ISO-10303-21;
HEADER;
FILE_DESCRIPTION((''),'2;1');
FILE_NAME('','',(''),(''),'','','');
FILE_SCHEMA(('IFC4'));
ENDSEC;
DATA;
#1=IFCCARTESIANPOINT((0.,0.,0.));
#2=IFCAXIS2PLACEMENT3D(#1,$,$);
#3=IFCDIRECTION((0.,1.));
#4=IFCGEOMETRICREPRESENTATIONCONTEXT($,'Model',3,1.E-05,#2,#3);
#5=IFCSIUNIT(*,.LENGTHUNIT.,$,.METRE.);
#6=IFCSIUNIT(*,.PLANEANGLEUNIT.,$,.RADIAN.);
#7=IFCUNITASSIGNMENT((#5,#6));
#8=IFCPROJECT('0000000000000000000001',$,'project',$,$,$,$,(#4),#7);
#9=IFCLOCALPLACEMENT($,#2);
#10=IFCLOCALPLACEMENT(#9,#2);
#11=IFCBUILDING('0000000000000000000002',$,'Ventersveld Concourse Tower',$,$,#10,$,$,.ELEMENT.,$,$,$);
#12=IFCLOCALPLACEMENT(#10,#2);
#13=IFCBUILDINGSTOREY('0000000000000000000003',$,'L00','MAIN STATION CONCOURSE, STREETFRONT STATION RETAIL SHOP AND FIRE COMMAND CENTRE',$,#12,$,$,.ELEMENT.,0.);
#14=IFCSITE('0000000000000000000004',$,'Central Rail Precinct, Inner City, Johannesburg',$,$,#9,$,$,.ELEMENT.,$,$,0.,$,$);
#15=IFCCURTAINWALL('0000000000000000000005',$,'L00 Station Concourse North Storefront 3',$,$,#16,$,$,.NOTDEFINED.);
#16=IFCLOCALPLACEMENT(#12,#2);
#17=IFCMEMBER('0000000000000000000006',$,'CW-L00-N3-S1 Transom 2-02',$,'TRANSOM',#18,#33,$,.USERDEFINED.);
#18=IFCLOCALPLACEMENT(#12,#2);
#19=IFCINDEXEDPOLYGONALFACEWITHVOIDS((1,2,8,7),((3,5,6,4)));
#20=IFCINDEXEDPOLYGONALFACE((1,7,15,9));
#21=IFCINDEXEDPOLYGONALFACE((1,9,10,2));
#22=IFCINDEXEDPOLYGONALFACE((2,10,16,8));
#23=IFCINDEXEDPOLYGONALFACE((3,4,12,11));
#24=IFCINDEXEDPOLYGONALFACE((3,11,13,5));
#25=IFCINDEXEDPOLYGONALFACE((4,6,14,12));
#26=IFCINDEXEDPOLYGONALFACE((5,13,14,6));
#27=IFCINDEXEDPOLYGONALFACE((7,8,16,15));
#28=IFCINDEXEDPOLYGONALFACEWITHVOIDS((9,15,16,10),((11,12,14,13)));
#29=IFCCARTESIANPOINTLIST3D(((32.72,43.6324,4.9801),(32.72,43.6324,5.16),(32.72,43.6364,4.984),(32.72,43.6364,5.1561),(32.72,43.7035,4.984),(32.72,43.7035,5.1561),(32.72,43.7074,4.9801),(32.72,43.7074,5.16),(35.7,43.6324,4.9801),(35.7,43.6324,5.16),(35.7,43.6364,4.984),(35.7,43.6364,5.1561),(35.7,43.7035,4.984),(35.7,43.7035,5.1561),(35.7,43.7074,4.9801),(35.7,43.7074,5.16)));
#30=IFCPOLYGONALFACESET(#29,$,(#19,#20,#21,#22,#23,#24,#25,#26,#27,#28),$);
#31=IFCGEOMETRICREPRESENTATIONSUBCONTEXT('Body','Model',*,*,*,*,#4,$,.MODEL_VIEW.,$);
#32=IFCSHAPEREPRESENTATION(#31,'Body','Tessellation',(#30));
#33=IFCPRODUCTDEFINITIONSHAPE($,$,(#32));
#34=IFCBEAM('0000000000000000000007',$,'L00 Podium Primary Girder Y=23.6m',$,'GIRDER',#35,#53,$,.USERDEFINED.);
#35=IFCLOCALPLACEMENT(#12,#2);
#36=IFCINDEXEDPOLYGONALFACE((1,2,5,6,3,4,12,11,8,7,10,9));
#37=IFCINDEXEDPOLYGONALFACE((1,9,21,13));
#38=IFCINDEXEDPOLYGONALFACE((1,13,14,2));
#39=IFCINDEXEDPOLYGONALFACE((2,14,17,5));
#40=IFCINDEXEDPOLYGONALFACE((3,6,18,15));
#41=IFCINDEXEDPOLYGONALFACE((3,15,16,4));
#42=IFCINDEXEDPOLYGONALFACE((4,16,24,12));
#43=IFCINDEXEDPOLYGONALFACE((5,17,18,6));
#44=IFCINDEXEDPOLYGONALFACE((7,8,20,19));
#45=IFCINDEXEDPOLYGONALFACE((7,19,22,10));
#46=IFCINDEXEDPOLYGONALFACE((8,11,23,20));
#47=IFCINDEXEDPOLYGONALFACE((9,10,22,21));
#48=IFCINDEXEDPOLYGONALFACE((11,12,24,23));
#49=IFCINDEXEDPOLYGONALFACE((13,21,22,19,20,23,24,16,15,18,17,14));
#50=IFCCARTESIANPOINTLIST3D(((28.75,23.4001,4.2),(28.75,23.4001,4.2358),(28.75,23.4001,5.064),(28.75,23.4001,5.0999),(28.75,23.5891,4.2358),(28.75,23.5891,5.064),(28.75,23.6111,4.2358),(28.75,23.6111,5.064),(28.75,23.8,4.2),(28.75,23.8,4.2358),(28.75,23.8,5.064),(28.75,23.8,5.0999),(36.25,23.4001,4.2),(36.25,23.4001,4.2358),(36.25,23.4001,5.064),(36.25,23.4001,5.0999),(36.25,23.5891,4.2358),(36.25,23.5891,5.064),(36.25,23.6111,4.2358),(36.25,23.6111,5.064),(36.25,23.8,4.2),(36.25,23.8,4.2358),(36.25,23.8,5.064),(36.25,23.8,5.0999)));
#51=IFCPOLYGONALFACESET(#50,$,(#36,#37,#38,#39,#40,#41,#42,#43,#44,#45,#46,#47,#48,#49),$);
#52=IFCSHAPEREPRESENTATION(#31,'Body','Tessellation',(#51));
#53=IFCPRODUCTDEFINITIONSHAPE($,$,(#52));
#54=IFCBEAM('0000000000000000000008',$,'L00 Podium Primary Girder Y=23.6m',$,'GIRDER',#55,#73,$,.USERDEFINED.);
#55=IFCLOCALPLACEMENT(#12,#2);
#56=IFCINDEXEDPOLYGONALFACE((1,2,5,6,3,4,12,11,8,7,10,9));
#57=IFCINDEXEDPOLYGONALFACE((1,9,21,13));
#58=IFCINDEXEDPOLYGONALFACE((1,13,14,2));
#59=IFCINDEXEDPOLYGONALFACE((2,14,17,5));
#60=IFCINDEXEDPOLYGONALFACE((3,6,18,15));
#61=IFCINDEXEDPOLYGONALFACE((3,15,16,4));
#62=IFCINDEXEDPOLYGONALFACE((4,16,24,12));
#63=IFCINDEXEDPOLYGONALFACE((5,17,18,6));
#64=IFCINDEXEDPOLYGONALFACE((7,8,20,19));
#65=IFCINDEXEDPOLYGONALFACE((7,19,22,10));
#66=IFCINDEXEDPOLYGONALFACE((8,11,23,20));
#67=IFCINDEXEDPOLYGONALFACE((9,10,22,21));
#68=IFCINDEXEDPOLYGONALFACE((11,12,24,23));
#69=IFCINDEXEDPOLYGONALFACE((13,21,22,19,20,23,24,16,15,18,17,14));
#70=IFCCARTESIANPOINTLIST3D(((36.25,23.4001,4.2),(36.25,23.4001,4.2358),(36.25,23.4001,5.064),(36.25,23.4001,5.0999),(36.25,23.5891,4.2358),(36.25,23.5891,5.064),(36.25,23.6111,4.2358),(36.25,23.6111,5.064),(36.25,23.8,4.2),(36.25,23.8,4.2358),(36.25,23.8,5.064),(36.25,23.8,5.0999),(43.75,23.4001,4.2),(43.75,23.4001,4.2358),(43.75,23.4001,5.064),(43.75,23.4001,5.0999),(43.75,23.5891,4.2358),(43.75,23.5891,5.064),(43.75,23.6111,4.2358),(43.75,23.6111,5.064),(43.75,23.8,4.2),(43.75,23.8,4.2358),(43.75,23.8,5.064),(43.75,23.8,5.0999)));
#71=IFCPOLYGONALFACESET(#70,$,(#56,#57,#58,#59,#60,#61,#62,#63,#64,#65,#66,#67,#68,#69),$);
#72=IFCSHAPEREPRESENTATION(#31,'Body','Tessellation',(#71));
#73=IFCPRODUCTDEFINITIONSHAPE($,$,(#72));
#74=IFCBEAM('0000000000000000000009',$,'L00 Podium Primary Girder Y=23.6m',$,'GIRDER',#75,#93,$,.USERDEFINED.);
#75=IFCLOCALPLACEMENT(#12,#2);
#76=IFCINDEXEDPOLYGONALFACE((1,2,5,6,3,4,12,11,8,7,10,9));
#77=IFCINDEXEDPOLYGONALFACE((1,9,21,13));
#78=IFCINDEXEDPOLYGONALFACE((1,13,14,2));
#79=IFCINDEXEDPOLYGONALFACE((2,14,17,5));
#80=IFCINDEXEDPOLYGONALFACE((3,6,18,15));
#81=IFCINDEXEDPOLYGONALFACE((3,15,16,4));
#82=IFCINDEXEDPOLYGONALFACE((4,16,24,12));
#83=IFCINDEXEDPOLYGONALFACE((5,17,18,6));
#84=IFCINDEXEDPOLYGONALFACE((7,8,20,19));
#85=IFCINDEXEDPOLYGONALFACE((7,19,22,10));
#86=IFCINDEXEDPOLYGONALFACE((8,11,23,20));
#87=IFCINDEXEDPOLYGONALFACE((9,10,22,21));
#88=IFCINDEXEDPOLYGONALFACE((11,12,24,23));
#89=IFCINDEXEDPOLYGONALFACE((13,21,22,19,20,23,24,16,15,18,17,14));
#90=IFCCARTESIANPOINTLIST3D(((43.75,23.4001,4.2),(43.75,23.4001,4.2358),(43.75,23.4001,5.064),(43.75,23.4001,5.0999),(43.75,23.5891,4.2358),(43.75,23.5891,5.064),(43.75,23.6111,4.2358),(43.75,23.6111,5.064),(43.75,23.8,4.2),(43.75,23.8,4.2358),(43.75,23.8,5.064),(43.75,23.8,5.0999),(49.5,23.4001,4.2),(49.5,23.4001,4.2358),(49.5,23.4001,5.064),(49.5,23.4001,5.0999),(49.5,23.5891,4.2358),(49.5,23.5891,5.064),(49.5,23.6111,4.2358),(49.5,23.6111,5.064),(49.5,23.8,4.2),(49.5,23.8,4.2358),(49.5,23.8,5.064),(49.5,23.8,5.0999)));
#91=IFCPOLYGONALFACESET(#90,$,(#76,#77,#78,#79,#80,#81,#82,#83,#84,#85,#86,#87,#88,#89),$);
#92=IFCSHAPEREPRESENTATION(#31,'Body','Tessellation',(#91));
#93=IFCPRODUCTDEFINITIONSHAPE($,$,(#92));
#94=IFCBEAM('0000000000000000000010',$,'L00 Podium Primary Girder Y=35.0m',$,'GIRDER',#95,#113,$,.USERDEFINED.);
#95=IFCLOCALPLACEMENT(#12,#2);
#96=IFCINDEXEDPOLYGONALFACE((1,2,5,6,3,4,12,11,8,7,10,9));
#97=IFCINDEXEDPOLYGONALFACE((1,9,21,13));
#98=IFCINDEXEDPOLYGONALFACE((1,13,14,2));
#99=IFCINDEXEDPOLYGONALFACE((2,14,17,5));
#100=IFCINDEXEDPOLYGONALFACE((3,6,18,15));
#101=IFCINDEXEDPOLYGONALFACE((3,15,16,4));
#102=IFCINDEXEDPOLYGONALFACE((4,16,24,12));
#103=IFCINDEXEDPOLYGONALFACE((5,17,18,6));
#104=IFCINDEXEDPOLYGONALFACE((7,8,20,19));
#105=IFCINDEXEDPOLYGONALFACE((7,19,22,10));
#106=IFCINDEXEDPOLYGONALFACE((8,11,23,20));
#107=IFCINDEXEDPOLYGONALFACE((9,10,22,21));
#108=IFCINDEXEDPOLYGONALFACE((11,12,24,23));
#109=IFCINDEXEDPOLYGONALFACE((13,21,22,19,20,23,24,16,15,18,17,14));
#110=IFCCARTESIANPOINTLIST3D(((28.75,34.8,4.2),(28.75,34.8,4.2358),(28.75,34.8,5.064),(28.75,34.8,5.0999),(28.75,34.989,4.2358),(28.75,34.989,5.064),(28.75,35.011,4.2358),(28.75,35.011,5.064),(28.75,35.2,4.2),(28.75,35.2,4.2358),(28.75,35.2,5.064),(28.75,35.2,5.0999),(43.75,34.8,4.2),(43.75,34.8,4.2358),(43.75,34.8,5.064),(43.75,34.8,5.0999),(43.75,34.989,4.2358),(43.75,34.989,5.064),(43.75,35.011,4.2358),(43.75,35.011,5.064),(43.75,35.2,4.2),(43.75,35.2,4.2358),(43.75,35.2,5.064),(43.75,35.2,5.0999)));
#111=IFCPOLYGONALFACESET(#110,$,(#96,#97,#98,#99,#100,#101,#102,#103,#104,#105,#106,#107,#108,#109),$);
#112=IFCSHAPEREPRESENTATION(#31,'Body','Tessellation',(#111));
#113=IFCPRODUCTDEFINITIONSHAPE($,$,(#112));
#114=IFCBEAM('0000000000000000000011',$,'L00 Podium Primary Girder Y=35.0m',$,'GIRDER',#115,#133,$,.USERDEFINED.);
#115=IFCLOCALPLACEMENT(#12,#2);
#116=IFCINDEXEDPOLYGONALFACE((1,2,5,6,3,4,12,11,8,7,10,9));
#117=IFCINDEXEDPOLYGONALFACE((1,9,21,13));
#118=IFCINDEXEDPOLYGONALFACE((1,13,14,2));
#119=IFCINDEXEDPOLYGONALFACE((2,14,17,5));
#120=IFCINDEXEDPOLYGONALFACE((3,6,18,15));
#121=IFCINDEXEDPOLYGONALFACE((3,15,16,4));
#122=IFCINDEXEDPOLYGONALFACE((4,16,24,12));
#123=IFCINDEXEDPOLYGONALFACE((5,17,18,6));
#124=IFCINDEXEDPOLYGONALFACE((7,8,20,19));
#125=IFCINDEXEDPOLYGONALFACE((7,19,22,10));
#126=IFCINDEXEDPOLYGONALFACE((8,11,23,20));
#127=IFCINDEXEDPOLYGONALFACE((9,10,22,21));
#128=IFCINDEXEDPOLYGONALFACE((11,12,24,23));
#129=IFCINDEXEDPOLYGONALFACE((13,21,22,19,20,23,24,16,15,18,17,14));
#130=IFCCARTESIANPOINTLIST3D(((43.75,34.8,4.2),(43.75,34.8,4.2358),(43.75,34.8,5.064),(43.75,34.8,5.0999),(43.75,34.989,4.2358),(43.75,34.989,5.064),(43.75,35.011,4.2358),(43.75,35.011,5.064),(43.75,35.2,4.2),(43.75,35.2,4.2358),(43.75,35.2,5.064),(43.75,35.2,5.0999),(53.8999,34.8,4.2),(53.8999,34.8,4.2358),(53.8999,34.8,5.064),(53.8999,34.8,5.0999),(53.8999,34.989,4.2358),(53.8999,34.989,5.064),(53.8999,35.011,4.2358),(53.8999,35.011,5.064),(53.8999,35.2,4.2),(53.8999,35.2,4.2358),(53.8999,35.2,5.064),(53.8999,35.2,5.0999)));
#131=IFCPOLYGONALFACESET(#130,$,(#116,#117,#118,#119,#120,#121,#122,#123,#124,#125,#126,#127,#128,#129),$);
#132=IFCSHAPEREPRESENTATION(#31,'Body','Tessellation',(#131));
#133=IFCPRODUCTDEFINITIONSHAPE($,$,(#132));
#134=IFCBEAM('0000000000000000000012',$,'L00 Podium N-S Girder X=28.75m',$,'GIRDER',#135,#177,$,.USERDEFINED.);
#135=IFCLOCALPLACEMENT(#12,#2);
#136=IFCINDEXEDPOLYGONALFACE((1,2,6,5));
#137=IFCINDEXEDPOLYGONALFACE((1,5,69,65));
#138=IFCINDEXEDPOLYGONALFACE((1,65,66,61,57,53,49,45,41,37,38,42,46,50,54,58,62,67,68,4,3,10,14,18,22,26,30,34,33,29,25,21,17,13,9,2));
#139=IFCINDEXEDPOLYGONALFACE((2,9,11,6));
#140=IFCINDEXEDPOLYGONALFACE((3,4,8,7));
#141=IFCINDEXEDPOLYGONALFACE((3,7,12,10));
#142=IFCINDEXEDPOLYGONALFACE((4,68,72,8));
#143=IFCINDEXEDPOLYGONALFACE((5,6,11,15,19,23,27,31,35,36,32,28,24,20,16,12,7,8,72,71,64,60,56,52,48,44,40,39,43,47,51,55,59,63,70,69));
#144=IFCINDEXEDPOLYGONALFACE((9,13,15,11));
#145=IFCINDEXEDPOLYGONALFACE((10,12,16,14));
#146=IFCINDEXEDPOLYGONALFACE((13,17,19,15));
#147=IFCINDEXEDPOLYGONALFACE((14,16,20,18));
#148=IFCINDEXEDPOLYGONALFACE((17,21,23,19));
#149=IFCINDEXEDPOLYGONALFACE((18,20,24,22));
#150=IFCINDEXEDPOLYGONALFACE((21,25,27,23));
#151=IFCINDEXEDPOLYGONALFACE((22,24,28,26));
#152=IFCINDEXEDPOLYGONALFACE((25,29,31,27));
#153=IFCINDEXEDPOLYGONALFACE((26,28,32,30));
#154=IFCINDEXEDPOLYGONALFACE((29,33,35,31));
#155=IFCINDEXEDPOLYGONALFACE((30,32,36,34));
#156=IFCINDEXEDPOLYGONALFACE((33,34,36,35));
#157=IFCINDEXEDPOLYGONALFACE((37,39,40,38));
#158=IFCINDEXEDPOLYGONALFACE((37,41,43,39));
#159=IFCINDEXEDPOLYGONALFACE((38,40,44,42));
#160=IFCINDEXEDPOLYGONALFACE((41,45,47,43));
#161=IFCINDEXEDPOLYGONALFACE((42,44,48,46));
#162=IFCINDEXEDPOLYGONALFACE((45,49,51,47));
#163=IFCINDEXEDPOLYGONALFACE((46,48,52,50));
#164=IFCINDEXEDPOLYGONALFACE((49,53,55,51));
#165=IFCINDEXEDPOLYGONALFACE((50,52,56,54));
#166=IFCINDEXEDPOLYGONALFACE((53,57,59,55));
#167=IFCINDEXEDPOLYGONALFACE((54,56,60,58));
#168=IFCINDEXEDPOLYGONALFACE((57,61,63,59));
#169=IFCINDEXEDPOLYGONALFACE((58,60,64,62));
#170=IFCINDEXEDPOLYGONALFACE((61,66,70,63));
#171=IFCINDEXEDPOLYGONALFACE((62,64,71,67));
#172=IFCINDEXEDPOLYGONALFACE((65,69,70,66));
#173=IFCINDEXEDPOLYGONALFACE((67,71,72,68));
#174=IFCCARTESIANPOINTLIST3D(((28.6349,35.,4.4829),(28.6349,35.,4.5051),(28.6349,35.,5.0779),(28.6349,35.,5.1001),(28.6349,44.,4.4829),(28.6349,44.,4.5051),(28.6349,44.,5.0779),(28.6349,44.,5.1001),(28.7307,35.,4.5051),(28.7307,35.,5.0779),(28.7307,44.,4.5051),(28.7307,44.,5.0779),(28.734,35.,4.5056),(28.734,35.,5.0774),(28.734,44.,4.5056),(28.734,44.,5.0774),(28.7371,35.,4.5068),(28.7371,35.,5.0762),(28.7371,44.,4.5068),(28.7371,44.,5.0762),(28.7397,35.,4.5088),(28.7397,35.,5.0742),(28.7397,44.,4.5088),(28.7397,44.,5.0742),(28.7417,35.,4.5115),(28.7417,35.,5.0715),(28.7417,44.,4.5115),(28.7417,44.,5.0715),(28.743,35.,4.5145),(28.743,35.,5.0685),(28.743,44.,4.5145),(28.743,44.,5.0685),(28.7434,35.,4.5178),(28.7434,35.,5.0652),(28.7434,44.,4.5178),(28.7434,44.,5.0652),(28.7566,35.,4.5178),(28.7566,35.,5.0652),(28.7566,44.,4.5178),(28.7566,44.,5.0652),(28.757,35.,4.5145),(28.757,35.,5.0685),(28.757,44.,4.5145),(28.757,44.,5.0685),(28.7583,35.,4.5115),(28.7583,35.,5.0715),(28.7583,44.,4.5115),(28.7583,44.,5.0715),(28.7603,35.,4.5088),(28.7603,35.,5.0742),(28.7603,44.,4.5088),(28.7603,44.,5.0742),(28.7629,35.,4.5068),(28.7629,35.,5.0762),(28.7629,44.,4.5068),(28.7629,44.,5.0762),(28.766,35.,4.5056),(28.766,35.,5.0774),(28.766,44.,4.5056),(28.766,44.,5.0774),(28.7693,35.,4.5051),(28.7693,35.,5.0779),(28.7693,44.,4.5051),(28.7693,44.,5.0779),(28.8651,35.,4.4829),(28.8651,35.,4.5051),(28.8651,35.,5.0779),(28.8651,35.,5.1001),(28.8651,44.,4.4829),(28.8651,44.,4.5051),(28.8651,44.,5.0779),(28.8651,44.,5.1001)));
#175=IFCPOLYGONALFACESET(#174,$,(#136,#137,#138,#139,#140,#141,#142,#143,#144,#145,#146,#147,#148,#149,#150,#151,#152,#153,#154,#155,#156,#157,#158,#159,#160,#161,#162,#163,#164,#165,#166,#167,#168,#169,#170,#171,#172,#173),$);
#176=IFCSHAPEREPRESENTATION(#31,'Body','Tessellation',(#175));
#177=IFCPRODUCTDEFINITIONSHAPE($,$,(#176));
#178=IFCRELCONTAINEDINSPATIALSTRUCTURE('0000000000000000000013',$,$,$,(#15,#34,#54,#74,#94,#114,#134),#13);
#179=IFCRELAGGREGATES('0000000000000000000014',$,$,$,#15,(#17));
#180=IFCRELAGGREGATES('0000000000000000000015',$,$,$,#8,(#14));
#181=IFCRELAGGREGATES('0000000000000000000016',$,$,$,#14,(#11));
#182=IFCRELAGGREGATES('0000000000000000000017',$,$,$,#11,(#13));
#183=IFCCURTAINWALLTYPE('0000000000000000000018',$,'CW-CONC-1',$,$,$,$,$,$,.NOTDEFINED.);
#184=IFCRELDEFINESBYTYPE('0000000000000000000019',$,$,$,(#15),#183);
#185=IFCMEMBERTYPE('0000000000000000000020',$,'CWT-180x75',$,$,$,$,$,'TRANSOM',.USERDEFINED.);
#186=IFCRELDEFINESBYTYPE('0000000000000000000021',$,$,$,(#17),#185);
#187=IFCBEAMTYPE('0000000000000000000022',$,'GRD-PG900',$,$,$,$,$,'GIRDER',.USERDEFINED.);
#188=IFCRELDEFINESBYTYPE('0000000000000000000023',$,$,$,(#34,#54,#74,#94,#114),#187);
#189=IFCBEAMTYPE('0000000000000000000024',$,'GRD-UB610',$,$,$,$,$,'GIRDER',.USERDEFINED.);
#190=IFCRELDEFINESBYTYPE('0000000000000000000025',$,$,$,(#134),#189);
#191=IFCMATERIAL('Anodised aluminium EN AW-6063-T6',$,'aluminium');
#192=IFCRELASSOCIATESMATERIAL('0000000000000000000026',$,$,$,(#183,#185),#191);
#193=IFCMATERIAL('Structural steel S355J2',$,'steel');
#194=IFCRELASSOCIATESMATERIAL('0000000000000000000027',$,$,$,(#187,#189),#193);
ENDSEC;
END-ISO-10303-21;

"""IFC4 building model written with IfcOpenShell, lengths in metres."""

from ifc_helpers import new_model, si_unit, direction, frame, origin, origin_2d, place, context, subcontext, project, spatial, hollow_rectangle, i_section, extrude, material, material_profile, profile_set, type_object, element, aggregate, save


model = new_model("IFC4")

# Units and contexts
model_context = context("Model", 3, precision=1e-05, world=origin(), true_north=direction((0.0, 1.0)))
body_context = subcontext(model_context, "Body", "Model", "MODEL_VIEW")
ifc_project = project(units=[si_unit("LENGTHUNIT", "METRE"), si_unit("PLANEANGLEUNIT", "RADIAN")], contexts=[model_context])

# Site, building, storey
site_placement = place(None, origin())
site = spatial("IfcSite", under=ifc_project, at=site_placement, Name="Central Rail Precinct, Inner City, Johannesburg", CompositionType="ELEMENT", RefElevation=0.0)
building_placement = place(site_placement, origin())
building = spatial("IfcBuilding", under=site, at=building_placement, Name="Ventersveld Concourse Tower", CompositionType="ELEMENT")
storey_placement = place(building_placement, origin())
storey = spatial("IfcBuildingStorey", under=building, at=storey_placement, Name="L00", Description="MAIN STATION CONCOURSE, STREETFRONT STATION RETAIL SHOP AND FIRE COMMAND CENTRE", CompositionType="ELEMENT", Elevation=0.0)

# Curtain wall, member
ifc_material_1 = material(Name="Anodised aluminium EN AW-6063-T6", Category="aluminium")
curtain_wall_type = type_object("IfcCurtainWallType", Name="CW-CONC-1", PredefinedType="NOTDEFINED", material=ifc_material_1)
curtain_wall_placement = place(storey_placement, origin())
curtain_wall = element("IfcCurtainWall", 1, at=curtain_wall_placement, inside=storey, type_object=curtain_wall_type, Name="L00 Station Concourse North Storefront 3", PredefinedType="NOTDEFINED")
ifc_material_profile_1 = material_profile(ifc_material_1, hollow_rectangle(XDim=0.075, YDim=0.1799, WallThickness=0.0039, at=origin_2d()), Name="ALU 180x75x4")
ifc_profile_set_1 = profile_set([ifc_material_profile_1], Name="Anodised aluminium EN AW-6063-T6")
member_type_1 = type_object("IfcMemberType", Name="CWT-180x75", ElementType="TRANSOM", PredefinedType="USERDEFINED", material=ifc_profile_set_1)
member_1_placement = place(storey_placement, frame((32.72, 43.6699, 5.0701), z_axis=(1.0, 0.0, 0.0), x_axis=(0.0, 1.0, 0.0)))
member_1 = element("IfcMember", 2, at=member_1_placement, type_object=member_type_1, Name="CW-L00-N3-S1 Transom 2-02", ObjectType="TRANSOM", PredefinedType="USERDEFINED", context=body_context, shape_type="SweptSolid", body=[
    extrude(hollow_rectangle(XDim=0.075, YDim=0.1799, WallThickness=0.0039, at=origin_2d()), origin(), (0.0, 0.0, 1.0), 2.98),
])

# Beams
ifc_material_2 = material(Name="Structural steel S355J2", Category="steel")
ifc_material_profile_2 = material_profile(ifc_material_2, i_section(OverallWidth=0.3999, OverallDepth=0.8999, WebThickness=0.022, FlangeThickness=0.0359, at=origin_2d()), Name="PG 900x400x36")
ifc_profile_set_2 = profile_set([ifc_material_profile_2], Name="Structural steel S355J2")
beam_type_1 = type_object("IfcBeamType", Name="GRD-PG900", ElementType="GIRDER", PredefinedType="USERDEFINED", material=ifc_profile_set_2)
for number, where, z_axis, x_axis, name in (
    (3, (28.75, 23.6001, 4.6499), (1.0, 0.0, 0.0), (0.0, 1.0, 0.0), "L00 Podium Primary Girder Y=23.6m"),
    (4, (36.25, 23.6001, 4.6499), (1.0, 0.0, 0.0), (0.0, 1.0, 0.0), "L00 Podium Primary Girder Y=23.6m"),
):
    element("IfcBeam", number, at=place(storey_placement, frame(where, z_axis=z_axis, x_axis=x_axis)), inside=storey, type_object=beam_type_1, Name=name, ObjectType="GIRDER", PredefinedType="USERDEFINED", context=body_context, shape_type="SweptSolid", body=[
        extrude(i_section(OverallWidth=0.3999, OverallDepth=0.8999, WebThickness=0.022, FlangeThickness=0.0359, at=origin_2d()), origin(), (0.0, 0.0, 1.0), 7.5),
    ])
beam_1_placement = place(storey_placement, frame((43.75, 23.6001, 4.6499), z_axis=(1.0, 0.0, 0.0), x_axis=(0.0, 1.0, 0.0)))
element("IfcBeam", 5, at=beam_1_placement, inside=storey, type_object=beam_type_1, Name="L00 Podium Primary Girder Y=23.6m", ObjectType="GIRDER", PredefinedType="USERDEFINED", context=body_context, shape_type="SweptSolid", body=[
    extrude(i_section(OverallWidth=0.3999, OverallDepth=0.8999, WebThickness=0.022, FlangeThickness=0.0359, at=origin_2d()), origin(), (0.0, 0.0, 1.0), 5.75),
])
beam_2_placement = place(storey_placement, frame((28.75, 35.0, 4.6499), z_axis=(1.0, 0.0, 0.0), x_axis=(0.0, 1.0, 0.0)))
element("IfcBeam", 6, at=beam_2_placement, inside=storey, type_object=beam_type_1, Name="L00 Podium Primary Girder Y=35.0m", ObjectType="GIRDER", PredefinedType="USERDEFINED", context=body_context, shape_type="SweptSolid", body=[
    extrude(i_section(OverallWidth=0.3999, OverallDepth=0.8999, WebThickness=0.022, FlangeThickness=0.0359, at=origin_2d()), origin(), (0.0, 0.0, 1.0), 15.0),
])
beam_3_placement = place(storey_placement, frame((43.75, 35.0, 4.6499), z_axis=(1.0, 0.0, 0.0), x_axis=(0.0, 1.0, 0.0)))
element("IfcBeam", 7, at=beam_3_placement, inside=storey, type_object=beam_type_1, Name="L00 Podium Primary Girder Y=35.0m", ObjectType="GIRDER", PredefinedType="USERDEFINED", context=body_context, shape_type="SweptSolid", body=[
    extrude(i_section(OverallWidth=0.3999, OverallDepth=0.8999, WebThickness=0.022, FlangeThickness=0.0359, at=origin_2d()), origin(), (0.0, 0.0, 1.0), 10.1499),
])
ifc_material_profile_3 = material_profile(ifc_material_2, i_section(OverallWidth=0.2302, OverallDepth=0.6172, WebThickness=0.0132, FlangeThickness=0.0222, FilletRadius=0.0127, at=origin_2d()), Name="UB 610x229x140")
ifc_profile_set_3 = profile_set([ifc_material_profile_3], Name="Structural steel S355J2")
beam_type_2 = type_object("IfcBeamType", Name="GRD-UB610", ElementType="GIRDER", PredefinedType="USERDEFINED", material=ifc_profile_set_3)
beam_4_placement = place(storey_placement, frame((28.75, 35.0, 4.7915), z_axis=(0.0, 1.0, 0.0), x_axis=(-1.0, 0.0, 0.0)))
element("IfcBeam", 8, at=beam_4_placement, inside=storey, type_object=beam_type_2, Name="L00 Podium N-S Girder X=28.75m", ObjectType="GIRDER", PredefinedType="USERDEFINED", context=body_context, shape_type="SweptSolid", body=[
    extrude(i_section(OverallWidth=0.2302, OverallDepth=0.6172, WebThickness=0.0132, FlangeThickness=0.0222, FilletRadius=0.0127, at=origin_2d()), origin(), (0.0, 0.0, 1.0), 9.0),
])

aggregate(curtain_wall, [member_1])

save(model, "model.ifc")
